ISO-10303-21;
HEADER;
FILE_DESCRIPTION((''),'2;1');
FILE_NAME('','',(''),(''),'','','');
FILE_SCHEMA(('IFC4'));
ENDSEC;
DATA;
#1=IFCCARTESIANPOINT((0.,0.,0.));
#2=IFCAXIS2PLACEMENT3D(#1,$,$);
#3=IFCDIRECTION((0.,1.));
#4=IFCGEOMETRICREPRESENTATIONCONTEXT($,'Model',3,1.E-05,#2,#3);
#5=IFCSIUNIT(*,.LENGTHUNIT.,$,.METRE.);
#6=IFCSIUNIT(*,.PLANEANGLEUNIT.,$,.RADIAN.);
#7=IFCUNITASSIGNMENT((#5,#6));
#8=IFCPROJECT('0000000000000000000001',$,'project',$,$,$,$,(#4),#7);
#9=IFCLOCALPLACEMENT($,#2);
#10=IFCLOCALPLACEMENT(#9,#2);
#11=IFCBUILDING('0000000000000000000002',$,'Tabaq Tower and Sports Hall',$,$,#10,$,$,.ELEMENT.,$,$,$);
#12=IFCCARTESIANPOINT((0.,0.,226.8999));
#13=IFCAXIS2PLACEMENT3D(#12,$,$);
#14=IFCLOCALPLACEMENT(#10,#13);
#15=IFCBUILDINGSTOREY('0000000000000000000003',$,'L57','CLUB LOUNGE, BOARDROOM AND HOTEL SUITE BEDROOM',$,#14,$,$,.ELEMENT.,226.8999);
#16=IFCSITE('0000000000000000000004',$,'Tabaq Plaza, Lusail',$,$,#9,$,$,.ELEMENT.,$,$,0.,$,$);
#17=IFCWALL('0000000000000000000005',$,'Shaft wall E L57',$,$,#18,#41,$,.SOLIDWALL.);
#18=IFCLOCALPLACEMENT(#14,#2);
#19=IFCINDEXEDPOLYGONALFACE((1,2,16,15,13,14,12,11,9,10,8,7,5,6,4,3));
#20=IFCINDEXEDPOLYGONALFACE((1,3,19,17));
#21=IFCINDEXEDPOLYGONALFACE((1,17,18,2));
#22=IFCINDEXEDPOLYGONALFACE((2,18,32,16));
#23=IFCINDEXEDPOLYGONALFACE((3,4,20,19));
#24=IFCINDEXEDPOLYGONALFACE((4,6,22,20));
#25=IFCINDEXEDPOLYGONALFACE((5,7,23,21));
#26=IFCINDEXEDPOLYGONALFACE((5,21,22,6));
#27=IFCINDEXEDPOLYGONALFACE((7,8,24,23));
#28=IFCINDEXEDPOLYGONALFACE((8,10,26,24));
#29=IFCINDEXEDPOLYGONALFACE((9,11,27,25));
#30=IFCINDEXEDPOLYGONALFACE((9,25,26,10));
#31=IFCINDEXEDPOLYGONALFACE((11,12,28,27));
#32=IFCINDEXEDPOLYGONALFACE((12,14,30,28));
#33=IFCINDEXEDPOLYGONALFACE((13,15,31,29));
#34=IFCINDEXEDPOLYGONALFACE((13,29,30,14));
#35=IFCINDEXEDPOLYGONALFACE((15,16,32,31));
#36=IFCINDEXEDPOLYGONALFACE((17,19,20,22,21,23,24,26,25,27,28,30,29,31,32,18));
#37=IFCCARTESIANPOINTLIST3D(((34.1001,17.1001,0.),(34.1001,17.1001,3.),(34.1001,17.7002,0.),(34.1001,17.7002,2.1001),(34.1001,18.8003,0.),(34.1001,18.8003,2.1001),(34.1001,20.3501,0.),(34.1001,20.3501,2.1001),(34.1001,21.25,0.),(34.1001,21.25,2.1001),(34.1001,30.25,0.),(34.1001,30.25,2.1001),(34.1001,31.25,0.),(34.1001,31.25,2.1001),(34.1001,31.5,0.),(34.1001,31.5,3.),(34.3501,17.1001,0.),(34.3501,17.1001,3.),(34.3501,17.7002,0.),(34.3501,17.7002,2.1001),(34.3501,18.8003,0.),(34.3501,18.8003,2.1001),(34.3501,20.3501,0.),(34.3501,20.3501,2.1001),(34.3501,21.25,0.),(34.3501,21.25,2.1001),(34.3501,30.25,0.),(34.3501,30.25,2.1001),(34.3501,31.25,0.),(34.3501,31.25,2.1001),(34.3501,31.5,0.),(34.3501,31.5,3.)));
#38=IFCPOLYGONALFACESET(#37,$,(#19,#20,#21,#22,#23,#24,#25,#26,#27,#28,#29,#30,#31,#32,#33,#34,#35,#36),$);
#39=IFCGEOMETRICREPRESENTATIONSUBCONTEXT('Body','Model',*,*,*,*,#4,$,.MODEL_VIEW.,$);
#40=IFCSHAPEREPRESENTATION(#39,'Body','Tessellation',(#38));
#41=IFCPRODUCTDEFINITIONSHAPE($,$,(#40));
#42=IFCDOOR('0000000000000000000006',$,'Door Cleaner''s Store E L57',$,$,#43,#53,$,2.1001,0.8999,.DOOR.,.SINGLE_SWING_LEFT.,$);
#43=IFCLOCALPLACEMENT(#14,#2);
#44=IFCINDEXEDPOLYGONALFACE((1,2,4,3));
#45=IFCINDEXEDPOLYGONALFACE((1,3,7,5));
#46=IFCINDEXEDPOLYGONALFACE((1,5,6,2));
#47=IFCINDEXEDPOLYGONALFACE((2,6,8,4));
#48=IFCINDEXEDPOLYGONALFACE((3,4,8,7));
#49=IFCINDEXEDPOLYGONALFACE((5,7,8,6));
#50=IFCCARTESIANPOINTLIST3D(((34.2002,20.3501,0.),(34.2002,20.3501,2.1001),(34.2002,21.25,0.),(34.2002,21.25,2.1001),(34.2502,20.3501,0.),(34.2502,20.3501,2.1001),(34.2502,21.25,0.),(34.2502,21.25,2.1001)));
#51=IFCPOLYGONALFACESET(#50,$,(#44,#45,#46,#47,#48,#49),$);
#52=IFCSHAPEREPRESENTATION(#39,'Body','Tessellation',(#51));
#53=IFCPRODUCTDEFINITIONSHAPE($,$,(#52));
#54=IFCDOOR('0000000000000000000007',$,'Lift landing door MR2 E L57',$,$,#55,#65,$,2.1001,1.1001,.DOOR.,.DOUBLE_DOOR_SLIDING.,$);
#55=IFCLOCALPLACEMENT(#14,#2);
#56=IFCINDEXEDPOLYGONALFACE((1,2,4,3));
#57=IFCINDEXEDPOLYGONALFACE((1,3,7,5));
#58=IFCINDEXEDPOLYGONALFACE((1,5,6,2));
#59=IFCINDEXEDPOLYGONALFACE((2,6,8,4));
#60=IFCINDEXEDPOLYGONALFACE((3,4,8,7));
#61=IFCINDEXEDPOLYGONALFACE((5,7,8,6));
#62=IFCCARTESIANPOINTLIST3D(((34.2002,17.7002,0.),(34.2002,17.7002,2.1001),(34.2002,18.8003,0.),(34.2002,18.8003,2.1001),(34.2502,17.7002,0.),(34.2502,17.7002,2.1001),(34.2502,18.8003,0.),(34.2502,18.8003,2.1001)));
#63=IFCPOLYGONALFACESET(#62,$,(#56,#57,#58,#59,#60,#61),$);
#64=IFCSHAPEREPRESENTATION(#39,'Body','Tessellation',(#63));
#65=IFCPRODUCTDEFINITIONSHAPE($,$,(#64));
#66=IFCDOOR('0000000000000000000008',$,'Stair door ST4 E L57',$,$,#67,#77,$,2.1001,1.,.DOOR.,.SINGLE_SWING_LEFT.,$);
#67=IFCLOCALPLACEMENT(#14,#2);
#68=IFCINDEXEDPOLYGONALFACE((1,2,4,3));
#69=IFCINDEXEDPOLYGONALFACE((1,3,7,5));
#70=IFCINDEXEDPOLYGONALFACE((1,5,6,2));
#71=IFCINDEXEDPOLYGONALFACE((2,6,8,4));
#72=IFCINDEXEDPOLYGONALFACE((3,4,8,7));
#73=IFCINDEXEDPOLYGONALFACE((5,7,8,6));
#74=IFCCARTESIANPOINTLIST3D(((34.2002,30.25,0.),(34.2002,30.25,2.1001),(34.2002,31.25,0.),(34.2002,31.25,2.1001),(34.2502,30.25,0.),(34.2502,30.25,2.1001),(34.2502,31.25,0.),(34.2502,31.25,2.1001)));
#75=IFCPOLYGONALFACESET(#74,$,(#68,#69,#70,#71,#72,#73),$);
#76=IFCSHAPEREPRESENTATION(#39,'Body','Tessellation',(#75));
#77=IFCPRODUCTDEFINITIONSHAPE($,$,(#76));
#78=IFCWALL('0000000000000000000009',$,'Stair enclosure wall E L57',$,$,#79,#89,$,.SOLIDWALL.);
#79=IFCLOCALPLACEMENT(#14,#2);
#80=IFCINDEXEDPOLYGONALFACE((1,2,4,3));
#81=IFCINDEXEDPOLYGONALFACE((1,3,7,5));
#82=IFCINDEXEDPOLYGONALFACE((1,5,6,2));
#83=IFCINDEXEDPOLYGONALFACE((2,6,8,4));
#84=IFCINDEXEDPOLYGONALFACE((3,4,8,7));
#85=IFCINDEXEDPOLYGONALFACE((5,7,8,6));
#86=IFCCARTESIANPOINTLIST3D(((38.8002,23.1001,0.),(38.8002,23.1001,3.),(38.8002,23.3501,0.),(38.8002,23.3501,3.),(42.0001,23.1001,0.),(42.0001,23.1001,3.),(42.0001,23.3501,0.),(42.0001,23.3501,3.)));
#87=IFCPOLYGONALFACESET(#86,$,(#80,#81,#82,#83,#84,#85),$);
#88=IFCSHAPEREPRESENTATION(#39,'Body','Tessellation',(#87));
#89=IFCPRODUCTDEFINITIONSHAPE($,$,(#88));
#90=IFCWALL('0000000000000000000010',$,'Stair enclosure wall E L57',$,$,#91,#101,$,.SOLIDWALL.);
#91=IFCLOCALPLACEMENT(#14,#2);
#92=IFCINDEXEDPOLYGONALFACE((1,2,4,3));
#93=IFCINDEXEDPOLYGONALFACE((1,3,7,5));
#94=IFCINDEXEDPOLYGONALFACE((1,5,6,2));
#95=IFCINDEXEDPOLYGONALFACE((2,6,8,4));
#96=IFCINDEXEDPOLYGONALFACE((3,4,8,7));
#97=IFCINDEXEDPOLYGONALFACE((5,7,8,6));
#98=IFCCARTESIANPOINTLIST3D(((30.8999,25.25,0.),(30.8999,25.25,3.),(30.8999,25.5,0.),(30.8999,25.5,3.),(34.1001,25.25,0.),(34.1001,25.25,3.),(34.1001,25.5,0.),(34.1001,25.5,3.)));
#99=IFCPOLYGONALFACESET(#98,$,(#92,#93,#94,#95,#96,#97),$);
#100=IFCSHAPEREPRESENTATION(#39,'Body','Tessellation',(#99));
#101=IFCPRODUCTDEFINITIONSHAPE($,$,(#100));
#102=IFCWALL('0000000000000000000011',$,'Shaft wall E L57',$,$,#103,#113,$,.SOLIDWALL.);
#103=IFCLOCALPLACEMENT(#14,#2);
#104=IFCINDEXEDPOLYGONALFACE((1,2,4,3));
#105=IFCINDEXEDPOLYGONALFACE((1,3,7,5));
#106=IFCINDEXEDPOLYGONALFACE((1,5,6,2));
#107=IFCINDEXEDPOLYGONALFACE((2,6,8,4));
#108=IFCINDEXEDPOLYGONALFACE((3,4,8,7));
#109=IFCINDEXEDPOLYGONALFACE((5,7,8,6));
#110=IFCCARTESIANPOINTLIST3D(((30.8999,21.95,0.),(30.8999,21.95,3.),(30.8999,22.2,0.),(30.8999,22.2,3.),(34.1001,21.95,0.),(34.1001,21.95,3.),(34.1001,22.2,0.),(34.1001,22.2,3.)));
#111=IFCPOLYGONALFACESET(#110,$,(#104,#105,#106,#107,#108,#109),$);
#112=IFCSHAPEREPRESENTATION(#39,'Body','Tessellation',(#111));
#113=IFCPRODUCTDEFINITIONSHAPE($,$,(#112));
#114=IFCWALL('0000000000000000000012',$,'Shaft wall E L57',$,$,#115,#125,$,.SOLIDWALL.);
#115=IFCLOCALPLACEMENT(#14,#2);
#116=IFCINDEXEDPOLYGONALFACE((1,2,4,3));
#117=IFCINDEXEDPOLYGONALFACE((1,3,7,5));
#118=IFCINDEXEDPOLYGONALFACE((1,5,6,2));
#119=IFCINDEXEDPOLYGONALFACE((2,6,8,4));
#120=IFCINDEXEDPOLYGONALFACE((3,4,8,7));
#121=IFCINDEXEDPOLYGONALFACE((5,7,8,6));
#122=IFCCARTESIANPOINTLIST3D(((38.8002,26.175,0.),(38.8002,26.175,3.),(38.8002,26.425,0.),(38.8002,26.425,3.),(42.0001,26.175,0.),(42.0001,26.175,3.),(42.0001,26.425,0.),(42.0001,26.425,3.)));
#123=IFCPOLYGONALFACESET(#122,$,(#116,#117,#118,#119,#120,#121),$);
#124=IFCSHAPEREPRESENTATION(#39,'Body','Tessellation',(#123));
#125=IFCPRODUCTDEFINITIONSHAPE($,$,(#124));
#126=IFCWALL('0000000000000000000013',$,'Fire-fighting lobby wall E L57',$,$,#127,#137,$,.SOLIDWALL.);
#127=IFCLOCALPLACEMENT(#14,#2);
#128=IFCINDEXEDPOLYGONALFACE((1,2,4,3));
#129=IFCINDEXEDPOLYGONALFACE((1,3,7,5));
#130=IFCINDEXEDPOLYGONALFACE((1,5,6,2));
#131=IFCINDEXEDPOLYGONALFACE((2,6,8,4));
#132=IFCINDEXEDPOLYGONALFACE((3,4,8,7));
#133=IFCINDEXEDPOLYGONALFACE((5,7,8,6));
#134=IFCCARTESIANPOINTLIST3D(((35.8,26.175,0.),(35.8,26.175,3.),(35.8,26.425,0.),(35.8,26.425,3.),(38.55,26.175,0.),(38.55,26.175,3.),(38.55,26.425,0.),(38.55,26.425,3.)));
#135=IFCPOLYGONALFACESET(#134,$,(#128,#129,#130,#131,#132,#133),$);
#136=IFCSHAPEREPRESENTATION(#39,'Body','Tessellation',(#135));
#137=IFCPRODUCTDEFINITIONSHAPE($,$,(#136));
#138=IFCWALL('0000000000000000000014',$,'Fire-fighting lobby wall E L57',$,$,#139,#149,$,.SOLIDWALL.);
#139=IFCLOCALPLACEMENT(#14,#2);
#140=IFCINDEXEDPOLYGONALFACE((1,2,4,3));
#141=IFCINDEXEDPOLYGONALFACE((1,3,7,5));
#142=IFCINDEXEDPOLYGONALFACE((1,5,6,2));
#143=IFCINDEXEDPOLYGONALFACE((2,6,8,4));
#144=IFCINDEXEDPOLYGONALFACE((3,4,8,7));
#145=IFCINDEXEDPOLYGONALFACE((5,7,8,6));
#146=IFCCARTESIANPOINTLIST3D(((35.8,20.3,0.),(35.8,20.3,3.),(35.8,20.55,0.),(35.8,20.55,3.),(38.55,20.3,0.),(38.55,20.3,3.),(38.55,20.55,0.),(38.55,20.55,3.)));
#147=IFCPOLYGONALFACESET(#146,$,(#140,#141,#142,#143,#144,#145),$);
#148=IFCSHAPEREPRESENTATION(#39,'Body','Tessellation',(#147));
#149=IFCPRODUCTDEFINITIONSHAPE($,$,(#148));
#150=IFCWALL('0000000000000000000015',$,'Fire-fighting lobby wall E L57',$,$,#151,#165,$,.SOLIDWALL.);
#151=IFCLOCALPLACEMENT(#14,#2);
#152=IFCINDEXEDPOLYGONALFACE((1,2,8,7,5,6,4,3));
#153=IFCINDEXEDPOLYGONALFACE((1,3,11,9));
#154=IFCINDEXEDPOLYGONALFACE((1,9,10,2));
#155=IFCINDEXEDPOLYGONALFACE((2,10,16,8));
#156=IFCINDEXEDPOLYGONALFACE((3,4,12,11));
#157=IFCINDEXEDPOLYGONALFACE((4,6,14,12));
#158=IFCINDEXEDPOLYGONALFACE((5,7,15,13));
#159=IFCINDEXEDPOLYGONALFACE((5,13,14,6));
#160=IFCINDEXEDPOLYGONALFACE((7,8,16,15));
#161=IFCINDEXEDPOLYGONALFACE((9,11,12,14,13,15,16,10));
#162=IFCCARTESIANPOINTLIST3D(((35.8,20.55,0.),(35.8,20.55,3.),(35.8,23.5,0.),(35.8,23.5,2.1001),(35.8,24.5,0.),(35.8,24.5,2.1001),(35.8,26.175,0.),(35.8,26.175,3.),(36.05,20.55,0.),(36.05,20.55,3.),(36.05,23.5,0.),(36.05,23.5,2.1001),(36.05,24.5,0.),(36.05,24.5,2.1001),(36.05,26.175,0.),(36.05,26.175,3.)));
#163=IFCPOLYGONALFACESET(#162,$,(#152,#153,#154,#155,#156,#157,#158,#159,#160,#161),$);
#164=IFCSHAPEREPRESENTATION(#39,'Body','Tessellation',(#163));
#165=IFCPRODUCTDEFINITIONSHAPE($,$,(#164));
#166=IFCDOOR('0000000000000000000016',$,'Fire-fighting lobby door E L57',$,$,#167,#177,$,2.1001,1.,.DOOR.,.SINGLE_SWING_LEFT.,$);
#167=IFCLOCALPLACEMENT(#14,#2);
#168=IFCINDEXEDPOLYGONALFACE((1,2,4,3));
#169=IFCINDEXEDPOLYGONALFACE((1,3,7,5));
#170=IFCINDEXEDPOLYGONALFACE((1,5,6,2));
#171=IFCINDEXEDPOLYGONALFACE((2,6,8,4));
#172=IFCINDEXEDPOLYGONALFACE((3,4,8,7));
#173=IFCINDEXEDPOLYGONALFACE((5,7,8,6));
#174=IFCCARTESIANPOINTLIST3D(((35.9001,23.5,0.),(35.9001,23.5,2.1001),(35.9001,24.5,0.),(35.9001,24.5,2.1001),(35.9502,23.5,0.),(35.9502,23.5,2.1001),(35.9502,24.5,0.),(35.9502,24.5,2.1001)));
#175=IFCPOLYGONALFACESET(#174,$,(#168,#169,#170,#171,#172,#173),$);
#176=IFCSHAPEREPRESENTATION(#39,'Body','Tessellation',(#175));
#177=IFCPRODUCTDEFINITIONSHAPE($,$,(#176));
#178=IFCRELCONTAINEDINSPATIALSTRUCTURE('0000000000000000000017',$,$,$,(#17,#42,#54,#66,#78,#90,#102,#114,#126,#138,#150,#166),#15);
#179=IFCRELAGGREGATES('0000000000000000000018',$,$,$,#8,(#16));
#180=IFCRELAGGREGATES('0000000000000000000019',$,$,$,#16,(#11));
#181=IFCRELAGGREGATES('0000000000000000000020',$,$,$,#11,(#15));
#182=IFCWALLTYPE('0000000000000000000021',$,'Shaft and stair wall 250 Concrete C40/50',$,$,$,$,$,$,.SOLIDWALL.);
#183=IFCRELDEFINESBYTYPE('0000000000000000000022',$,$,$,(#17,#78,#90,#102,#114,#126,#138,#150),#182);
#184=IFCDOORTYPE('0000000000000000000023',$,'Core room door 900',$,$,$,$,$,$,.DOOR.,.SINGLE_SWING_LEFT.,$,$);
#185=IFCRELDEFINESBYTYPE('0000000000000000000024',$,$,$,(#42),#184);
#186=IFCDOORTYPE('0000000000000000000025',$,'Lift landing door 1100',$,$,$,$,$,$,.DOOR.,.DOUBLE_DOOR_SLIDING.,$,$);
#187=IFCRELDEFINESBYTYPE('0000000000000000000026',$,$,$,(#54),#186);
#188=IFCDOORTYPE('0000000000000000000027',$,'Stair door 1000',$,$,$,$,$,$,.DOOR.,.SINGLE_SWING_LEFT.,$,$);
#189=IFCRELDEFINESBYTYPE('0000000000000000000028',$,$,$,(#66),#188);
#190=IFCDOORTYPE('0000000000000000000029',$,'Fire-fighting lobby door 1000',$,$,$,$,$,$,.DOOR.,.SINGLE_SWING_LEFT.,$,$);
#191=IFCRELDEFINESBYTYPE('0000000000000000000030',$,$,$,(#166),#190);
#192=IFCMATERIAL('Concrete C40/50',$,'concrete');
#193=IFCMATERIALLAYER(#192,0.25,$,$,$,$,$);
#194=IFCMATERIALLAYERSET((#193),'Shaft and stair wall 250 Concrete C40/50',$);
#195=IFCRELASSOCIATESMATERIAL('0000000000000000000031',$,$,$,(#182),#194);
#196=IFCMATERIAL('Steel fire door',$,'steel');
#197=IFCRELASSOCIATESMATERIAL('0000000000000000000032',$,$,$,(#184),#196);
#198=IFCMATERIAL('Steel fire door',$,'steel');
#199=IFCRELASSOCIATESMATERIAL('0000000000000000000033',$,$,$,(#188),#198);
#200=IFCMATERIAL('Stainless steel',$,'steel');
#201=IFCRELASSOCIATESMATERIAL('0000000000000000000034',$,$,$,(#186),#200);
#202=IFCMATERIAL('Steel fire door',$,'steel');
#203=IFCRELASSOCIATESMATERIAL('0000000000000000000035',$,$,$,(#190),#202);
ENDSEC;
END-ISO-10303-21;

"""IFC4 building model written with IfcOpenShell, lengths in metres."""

from ifc_helpers import new_model, si_unit, direction, frame, frame_2d, origin, place, context, subcontext, project, spatial, rectangle, extrude, material, layer, layer_set, type_object, element, fill, save


model = new_model("IFC4")

# Units and contexts
model_context = context("Model", 3, precision=1e-05, world=origin(), true_north=direction((0.0, 1.0)))
body_context = subcontext(model_context, "Body", "Model", "MODEL_VIEW")
ifc_project = project(units=[si_unit("LENGTHUNIT", "METRE"), si_unit("PLANEANGLEUNIT", "RADIAN")], contexts=[model_context])

# Site, building, storey
site_placement = place(None, origin())
site = spatial("IfcSite", under=ifc_project, at=site_placement, Name="Tabaq Plaza, Lusail", CompositionType="ELEMENT", RefElevation=0.0)
building_placement = place(site_placement, origin())
building = spatial("IfcBuilding", under=site, at=building_placement, Name="Tabaq Tower and Sports Hall", CompositionType="ELEMENT")
storey_placement = place(building_placement, frame((0.0, 0.0, 226.8999)))
storey = spatial("IfcBuildingStorey", under=building, at=storey_placement, Name="L57", Description="CLUB LOUNGE, BOARDROOM AND HOTEL SUITE BEDROOM", CompositionType="ELEMENT", Elevation=226.8999)

# Wall, openings, doors
ifc_material_1 = material(Name="Concrete C40/50", Category="concrete")
ifc_layer_1 = layer(ifc_material_1, 0.25)
ifc_layer_set_1 = layer_set([ifc_layer_1], Name="Shaft and stair wall 250 Concrete C40/50")
wall_type_1 = type_object("IfcWallType", Name="Shaft and stair wall 250 Concrete C40/50", PredefinedType="SOLIDWALL", material=ifc_layer_set_1)
ifc_material_2 = material(Name="Steel fire door", Category="steel")
door_type_1 = type_object("IfcDoorType", Name="Core room door 900", OperationType="SINGLE_SWING_LEFT", PredefinedType="DOOR", material=ifc_material_2)
ifc_material_3 = material(Name="Steel fire door", Category="steel")
door_type_2 = type_object("IfcDoorType", Name="Stair door 1000", OperationType="SINGLE_SWING_LEFT", PredefinedType="DOOR", material=ifc_material_3)
wall_1_placement = place(storey_placement, frame((34.2251, 17.1001, 0.0), z_axis=(0.0, 0.0, 1.0), x_axis=(0.0, 1.0, 0.0)))
wall_1 = element("IfcWall", 1, at=wall_1_placement, inside=storey, type_object=wall_type_1, Name="Shaft wall E L57", PredefinedType="SOLIDWALL", context=body_context, shape_type="SweptSolid", body=[
    extrude(rectangle(XDim=14.3999, YDim=0.25, at=frame_2d((7.2, 0.0))), origin(), (0.0, 0.0, 1.0), 3.0),
])
opening_1_placement = place(wall_1_placement, frame((13.1499, 0.0, 0.0)))
opening_1 = element("IfcOpeningElement", 2, at=opening_1_placement, cuts=wall_1, PredefinedType="OPENING", context=body_context, shape_type="SweptSolid", body=[
    extrude(rectangle(XDim=1.0, YDim=2.1001, at=frame_2d((0.5, 1.05))), frame((0.0, 0.125, 0.0), z_axis=(0.0, -1.0, 0.0), x_axis=(1.0, 0.0, 0.0)), (0.0, 0.0, 1.0), 0.25),
])
opening_2_placement = place(wall_1_placement, frame((0.6001, 0.0, 0.0)))
opening_2 = element("IfcOpeningElement", 3, at=opening_2_placement, cuts=wall_1, PredefinedType="OPENING", context=body_context, shape_type="SweptSolid", body=[
    extrude(rectangle(XDim=1.1001, YDim=2.1001, at=frame_2d((0.55, 1.05))), frame((0.0, 0.125, 0.0), z_axis=(0.0, -1.0, 0.0), x_axis=(1.0, 0.0, 0.0)), (0.0, 0.0, 1.0), 0.25),
])
opening_3_placement = place(wall_1_placement, frame((3.25, 0.0, 0.0)))
opening_3 = element("IfcOpeningElement", 4, at=opening_3_placement, cuts=wall_1, PredefinedType="OPENING", context=body_context, shape_type="SweptSolid", body=[
    extrude(rectangle(XDim=0.8999, YDim=2.1001, at=frame_2d((0.45, 1.05))), frame((0.0, 0.125, 0.0), z_axis=(0.0, -1.0, 0.0), x_axis=(1.0, 0.0, 0.0)), (0.0, 0.0, 1.0), 0.25),
])
door_1_placement = place(opening_3_placement, origin())
door_1 = element("IfcDoor", 5, at=door_1_placement, inside=storey, type_object=door_type_1, Name="Door Cleaner's Store E L57", OperationType="SINGLE_SWING_LEFT", OverallHeight=2.1001, OverallWidth=0.8999, PredefinedType="DOOR", context=body_context, shape_type="SweptSolid", body=[
    extrude(rectangle(XDim=0.8999, YDim=2.1001, at=frame_2d((0.45, 1.05))), frame((0.0, 0.0249, 0.0), z_axis=(0.0, -1.0, 0.0), x_axis=(1.0, 0.0, 0.0)), (0.0, 0.0, 1.0), 0.05),
])
fill(opening_3, door_1)
ifc_material_4 = material(Name="Stainless steel", Category="steel")
door_type_3 = type_object("IfcDoorType", Name="Lift landing door 1100", OperationType="DOUBLE_DOOR_SLIDING", PredefinedType="DOOR", material=ifc_material_4)
door_2_placement = place(opening_2_placement, origin())
door_2 = element("IfcDoor", 6, at=door_2_placement, inside=storey, type_object=door_type_3, Name="Lift landing door MR2 E L57", OperationType="DOUBLE_DOOR_SLIDING", OverallHeight=2.1001, OverallWidth=1.1001, PredefinedType="DOOR", context=body_context, shape_type="SweptSolid", body=[
    extrude(rectangle(XDim=1.1001, YDim=2.1001, at=frame_2d((0.55, 1.05))), frame((0.0, 0.0249, 0.0), z_axis=(0.0, -1.0, 0.0), x_axis=(1.0, 0.0, 0.0)), (0.0, 0.0, 1.0), 0.05),
])
fill(opening_2, door_2)
door_3_placement = place(opening_1_placement, origin())
door_3 = element("IfcDoor", 7, at=door_3_placement, inside=storey, type_object=door_type_2, Name="Stair door ST4 E L57", OperationType="SINGLE_SWING_LEFT", OverallHeight=2.1001, OverallWidth=1.0, PredefinedType="DOOR", context=body_context, shape_type="SweptSolid", body=[
    extrude(rectangle(XDim=1.0, YDim=2.1001, at=frame_2d((0.5, 1.05))), frame((0.0, 0.0249, 0.0), z_axis=(0.0, -1.0, 0.0), x_axis=(1.0, 0.0, 0.0)), (0.0, 0.0, 1.0), 0.05),
])
fill(opening_1, door_3)

# Walls
wall_2_placement = place(storey_placement, frame((38.8, 23.2251, 0.0), z_axis=(0.0, 0.0, 1.0), x_axis=(1.0, 0.0, 0.0)))
element("IfcWall", 8, at=wall_2_placement, inside=storey, type_object=wall_type_1, Name="Stair enclosure wall E L57", PredefinedType="SOLIDWALL", context=body_context, shape_type="SweptSolid", body=[
    extrude(rectangle(XDim=3.2, YDim=0.25, at=frame_2d((1.6001, 0.0))), origin(), (0.0, 0.0, 1.0), 3.0),
])
for number, where, z_axis, x_axis, name in (
    (9, (30.8999, 25.375, 0.0), (0.0, 0.0, 1.0), (1.0, 0.0, 0.0), "Stair enclosure wall E L57"),
    (10, (30.8999, 22.075, 0.0), (0.0, 0.0, 1.0), (1.0, 0.0, 0.0), "Shaft wall E L57"),
):
    element("IfcWall", number, at=place(storey_placement, frame(where, z_axis=z_axis, x_axis=x_axis)), inside=storey, type_object=wall_type_1, Name=name, PredefinedType="SOLIDWALL", context=body_context, shape_type="SweptSolid", body=[
        extrude(rectangle(XDim=3.2002, YDim=0.25, at=frame_2d((1.6001, 0.0))), origin(), (0.0, 0.0, 1.0), 3.0),
    ])
wall_3_placement = place(storey_placement, frame((38.8, 26.3, 0.0), z_axis=(0.0, 0.0, 1.0), x_axis=(1.0, 0.0, 0.0)))
element("IfcWall", 11, at=wall_3_placement, inside=storey, type_object=wall_type_1, Name="Shaft wall E L57", PredefinedType="SOLIDWALL", context=body_context, shape_type="SweptSolid", body=[
    extrude(rectangle(XDim=3.2, YDim=0.25, at=frame_2d((1.6001, 0.0))), origin(), (0.0, 0.0, 1.0), 3.0),
])
for number, where, z_axis, x_axis, name in (
    (12, (35.8, 26.3, 0.0), (0.0, 0.0, 1.0), (1.0, 0.0, 0.0), "Fire-fighting lobby wall E L57"),
    (13, (35.8, 20.425, 0.0), (0.0, 0.0, 1.0), (1.0, 0.0, 0.0), "Fire-fighting lobby wall E L57"),
):
    element("IfcWall", number, at=place(storey_placement, frame(where, z_axis=z_axis, x_axis=x_axis)), inside=storey, type_object=wall_type_1, Name=name, PredefinedType="SOLIDWALL", context=body_context, shape_type="SweptSolid", body=[
        extrude(rectangle(XDim=2.75, YDim=0.25, at=frame_2d((1.375, 0.0))), origin(), (0.0, 0.0, 1.0), 3.0),
    ])

# Wall, opening, door
wall_4_placement = place(storey_placement, frame((35.925, 20.55, 0.0), z_axis=(0.0, 0.0, 1.0), x_axis=(0.0, 1.0, 0.0)))
wall_4 = element("IfcWall", 14, at=wall_4_placement, inside=storey, type_object=wall_type_1, Name="Fire-fighting lobby wall E L57", PredefinedType="SOLIDWALL", context=body_context, shape_type="SweptSolid", body=[
    extrude(rectangle(XDim=5.625, YDim=0.25, at=frame_2d((2.8125, 0.0))), origin(), (0.0, 0.0, 1.0), 3.0),
])
opening_4_placement = place(wall_4_placement, frame((2.95, 0.0, 0.0)))
opening_4 = element("IfcOpeningElement", 15, at=opening_4_placement, cuts=wall_4, PredefinedType="OPENING", context=body_context, shape_type="SweptSolid", body=[
    extrude(rectangle(XDim=1.0, YDim=2.1001, at=frame_2d((0.5, 1.05))), frame((0.0, 0.125, 0.0), z_axis=(0.0, -1.0, 0.0), x_axis=(1.0, 0.0, 0.0)), (0.0, 0.0, 1.0), 0.25),
])
ifc_material_5 = material(Name="Steel fire door", Category="steel")
door_type_4 = type_object("IfcDoorType", Name="Fire-fighting lobby door 1000", OperationType="SINGLE_SWING_LEFT", PredefinedType="DOOR", material=ifc_material_5)
door_4_placement = place(opening_4_placement, origin())
door_4 = element("IfcDoor", 16, at=door_4_placement, inside=storey, type_object=door_type_4, Name="Fire-fighting lobby door E L57", OperationType="SINGLE_SWING_LEFT", OverallHeight=2.1001, OverallWidth=1.0, PredefinedType="DOOR", context=body_context, shape_type="SweptSolid", body=[
    extrude(rectangle(XDim=1.0, YDim=2.1001, at=frame_2d((0.5, 1.05))), frame((0.0, 0.0249, 0.0), z_axis=(0.0, -1.0, 0.0), x_axis=(1.0, 0.0, 0.0)), (0.0, 0.0, 1.0), 0.05),
])
fill(opening_4, door_4)

save(model, "model.ifc")
